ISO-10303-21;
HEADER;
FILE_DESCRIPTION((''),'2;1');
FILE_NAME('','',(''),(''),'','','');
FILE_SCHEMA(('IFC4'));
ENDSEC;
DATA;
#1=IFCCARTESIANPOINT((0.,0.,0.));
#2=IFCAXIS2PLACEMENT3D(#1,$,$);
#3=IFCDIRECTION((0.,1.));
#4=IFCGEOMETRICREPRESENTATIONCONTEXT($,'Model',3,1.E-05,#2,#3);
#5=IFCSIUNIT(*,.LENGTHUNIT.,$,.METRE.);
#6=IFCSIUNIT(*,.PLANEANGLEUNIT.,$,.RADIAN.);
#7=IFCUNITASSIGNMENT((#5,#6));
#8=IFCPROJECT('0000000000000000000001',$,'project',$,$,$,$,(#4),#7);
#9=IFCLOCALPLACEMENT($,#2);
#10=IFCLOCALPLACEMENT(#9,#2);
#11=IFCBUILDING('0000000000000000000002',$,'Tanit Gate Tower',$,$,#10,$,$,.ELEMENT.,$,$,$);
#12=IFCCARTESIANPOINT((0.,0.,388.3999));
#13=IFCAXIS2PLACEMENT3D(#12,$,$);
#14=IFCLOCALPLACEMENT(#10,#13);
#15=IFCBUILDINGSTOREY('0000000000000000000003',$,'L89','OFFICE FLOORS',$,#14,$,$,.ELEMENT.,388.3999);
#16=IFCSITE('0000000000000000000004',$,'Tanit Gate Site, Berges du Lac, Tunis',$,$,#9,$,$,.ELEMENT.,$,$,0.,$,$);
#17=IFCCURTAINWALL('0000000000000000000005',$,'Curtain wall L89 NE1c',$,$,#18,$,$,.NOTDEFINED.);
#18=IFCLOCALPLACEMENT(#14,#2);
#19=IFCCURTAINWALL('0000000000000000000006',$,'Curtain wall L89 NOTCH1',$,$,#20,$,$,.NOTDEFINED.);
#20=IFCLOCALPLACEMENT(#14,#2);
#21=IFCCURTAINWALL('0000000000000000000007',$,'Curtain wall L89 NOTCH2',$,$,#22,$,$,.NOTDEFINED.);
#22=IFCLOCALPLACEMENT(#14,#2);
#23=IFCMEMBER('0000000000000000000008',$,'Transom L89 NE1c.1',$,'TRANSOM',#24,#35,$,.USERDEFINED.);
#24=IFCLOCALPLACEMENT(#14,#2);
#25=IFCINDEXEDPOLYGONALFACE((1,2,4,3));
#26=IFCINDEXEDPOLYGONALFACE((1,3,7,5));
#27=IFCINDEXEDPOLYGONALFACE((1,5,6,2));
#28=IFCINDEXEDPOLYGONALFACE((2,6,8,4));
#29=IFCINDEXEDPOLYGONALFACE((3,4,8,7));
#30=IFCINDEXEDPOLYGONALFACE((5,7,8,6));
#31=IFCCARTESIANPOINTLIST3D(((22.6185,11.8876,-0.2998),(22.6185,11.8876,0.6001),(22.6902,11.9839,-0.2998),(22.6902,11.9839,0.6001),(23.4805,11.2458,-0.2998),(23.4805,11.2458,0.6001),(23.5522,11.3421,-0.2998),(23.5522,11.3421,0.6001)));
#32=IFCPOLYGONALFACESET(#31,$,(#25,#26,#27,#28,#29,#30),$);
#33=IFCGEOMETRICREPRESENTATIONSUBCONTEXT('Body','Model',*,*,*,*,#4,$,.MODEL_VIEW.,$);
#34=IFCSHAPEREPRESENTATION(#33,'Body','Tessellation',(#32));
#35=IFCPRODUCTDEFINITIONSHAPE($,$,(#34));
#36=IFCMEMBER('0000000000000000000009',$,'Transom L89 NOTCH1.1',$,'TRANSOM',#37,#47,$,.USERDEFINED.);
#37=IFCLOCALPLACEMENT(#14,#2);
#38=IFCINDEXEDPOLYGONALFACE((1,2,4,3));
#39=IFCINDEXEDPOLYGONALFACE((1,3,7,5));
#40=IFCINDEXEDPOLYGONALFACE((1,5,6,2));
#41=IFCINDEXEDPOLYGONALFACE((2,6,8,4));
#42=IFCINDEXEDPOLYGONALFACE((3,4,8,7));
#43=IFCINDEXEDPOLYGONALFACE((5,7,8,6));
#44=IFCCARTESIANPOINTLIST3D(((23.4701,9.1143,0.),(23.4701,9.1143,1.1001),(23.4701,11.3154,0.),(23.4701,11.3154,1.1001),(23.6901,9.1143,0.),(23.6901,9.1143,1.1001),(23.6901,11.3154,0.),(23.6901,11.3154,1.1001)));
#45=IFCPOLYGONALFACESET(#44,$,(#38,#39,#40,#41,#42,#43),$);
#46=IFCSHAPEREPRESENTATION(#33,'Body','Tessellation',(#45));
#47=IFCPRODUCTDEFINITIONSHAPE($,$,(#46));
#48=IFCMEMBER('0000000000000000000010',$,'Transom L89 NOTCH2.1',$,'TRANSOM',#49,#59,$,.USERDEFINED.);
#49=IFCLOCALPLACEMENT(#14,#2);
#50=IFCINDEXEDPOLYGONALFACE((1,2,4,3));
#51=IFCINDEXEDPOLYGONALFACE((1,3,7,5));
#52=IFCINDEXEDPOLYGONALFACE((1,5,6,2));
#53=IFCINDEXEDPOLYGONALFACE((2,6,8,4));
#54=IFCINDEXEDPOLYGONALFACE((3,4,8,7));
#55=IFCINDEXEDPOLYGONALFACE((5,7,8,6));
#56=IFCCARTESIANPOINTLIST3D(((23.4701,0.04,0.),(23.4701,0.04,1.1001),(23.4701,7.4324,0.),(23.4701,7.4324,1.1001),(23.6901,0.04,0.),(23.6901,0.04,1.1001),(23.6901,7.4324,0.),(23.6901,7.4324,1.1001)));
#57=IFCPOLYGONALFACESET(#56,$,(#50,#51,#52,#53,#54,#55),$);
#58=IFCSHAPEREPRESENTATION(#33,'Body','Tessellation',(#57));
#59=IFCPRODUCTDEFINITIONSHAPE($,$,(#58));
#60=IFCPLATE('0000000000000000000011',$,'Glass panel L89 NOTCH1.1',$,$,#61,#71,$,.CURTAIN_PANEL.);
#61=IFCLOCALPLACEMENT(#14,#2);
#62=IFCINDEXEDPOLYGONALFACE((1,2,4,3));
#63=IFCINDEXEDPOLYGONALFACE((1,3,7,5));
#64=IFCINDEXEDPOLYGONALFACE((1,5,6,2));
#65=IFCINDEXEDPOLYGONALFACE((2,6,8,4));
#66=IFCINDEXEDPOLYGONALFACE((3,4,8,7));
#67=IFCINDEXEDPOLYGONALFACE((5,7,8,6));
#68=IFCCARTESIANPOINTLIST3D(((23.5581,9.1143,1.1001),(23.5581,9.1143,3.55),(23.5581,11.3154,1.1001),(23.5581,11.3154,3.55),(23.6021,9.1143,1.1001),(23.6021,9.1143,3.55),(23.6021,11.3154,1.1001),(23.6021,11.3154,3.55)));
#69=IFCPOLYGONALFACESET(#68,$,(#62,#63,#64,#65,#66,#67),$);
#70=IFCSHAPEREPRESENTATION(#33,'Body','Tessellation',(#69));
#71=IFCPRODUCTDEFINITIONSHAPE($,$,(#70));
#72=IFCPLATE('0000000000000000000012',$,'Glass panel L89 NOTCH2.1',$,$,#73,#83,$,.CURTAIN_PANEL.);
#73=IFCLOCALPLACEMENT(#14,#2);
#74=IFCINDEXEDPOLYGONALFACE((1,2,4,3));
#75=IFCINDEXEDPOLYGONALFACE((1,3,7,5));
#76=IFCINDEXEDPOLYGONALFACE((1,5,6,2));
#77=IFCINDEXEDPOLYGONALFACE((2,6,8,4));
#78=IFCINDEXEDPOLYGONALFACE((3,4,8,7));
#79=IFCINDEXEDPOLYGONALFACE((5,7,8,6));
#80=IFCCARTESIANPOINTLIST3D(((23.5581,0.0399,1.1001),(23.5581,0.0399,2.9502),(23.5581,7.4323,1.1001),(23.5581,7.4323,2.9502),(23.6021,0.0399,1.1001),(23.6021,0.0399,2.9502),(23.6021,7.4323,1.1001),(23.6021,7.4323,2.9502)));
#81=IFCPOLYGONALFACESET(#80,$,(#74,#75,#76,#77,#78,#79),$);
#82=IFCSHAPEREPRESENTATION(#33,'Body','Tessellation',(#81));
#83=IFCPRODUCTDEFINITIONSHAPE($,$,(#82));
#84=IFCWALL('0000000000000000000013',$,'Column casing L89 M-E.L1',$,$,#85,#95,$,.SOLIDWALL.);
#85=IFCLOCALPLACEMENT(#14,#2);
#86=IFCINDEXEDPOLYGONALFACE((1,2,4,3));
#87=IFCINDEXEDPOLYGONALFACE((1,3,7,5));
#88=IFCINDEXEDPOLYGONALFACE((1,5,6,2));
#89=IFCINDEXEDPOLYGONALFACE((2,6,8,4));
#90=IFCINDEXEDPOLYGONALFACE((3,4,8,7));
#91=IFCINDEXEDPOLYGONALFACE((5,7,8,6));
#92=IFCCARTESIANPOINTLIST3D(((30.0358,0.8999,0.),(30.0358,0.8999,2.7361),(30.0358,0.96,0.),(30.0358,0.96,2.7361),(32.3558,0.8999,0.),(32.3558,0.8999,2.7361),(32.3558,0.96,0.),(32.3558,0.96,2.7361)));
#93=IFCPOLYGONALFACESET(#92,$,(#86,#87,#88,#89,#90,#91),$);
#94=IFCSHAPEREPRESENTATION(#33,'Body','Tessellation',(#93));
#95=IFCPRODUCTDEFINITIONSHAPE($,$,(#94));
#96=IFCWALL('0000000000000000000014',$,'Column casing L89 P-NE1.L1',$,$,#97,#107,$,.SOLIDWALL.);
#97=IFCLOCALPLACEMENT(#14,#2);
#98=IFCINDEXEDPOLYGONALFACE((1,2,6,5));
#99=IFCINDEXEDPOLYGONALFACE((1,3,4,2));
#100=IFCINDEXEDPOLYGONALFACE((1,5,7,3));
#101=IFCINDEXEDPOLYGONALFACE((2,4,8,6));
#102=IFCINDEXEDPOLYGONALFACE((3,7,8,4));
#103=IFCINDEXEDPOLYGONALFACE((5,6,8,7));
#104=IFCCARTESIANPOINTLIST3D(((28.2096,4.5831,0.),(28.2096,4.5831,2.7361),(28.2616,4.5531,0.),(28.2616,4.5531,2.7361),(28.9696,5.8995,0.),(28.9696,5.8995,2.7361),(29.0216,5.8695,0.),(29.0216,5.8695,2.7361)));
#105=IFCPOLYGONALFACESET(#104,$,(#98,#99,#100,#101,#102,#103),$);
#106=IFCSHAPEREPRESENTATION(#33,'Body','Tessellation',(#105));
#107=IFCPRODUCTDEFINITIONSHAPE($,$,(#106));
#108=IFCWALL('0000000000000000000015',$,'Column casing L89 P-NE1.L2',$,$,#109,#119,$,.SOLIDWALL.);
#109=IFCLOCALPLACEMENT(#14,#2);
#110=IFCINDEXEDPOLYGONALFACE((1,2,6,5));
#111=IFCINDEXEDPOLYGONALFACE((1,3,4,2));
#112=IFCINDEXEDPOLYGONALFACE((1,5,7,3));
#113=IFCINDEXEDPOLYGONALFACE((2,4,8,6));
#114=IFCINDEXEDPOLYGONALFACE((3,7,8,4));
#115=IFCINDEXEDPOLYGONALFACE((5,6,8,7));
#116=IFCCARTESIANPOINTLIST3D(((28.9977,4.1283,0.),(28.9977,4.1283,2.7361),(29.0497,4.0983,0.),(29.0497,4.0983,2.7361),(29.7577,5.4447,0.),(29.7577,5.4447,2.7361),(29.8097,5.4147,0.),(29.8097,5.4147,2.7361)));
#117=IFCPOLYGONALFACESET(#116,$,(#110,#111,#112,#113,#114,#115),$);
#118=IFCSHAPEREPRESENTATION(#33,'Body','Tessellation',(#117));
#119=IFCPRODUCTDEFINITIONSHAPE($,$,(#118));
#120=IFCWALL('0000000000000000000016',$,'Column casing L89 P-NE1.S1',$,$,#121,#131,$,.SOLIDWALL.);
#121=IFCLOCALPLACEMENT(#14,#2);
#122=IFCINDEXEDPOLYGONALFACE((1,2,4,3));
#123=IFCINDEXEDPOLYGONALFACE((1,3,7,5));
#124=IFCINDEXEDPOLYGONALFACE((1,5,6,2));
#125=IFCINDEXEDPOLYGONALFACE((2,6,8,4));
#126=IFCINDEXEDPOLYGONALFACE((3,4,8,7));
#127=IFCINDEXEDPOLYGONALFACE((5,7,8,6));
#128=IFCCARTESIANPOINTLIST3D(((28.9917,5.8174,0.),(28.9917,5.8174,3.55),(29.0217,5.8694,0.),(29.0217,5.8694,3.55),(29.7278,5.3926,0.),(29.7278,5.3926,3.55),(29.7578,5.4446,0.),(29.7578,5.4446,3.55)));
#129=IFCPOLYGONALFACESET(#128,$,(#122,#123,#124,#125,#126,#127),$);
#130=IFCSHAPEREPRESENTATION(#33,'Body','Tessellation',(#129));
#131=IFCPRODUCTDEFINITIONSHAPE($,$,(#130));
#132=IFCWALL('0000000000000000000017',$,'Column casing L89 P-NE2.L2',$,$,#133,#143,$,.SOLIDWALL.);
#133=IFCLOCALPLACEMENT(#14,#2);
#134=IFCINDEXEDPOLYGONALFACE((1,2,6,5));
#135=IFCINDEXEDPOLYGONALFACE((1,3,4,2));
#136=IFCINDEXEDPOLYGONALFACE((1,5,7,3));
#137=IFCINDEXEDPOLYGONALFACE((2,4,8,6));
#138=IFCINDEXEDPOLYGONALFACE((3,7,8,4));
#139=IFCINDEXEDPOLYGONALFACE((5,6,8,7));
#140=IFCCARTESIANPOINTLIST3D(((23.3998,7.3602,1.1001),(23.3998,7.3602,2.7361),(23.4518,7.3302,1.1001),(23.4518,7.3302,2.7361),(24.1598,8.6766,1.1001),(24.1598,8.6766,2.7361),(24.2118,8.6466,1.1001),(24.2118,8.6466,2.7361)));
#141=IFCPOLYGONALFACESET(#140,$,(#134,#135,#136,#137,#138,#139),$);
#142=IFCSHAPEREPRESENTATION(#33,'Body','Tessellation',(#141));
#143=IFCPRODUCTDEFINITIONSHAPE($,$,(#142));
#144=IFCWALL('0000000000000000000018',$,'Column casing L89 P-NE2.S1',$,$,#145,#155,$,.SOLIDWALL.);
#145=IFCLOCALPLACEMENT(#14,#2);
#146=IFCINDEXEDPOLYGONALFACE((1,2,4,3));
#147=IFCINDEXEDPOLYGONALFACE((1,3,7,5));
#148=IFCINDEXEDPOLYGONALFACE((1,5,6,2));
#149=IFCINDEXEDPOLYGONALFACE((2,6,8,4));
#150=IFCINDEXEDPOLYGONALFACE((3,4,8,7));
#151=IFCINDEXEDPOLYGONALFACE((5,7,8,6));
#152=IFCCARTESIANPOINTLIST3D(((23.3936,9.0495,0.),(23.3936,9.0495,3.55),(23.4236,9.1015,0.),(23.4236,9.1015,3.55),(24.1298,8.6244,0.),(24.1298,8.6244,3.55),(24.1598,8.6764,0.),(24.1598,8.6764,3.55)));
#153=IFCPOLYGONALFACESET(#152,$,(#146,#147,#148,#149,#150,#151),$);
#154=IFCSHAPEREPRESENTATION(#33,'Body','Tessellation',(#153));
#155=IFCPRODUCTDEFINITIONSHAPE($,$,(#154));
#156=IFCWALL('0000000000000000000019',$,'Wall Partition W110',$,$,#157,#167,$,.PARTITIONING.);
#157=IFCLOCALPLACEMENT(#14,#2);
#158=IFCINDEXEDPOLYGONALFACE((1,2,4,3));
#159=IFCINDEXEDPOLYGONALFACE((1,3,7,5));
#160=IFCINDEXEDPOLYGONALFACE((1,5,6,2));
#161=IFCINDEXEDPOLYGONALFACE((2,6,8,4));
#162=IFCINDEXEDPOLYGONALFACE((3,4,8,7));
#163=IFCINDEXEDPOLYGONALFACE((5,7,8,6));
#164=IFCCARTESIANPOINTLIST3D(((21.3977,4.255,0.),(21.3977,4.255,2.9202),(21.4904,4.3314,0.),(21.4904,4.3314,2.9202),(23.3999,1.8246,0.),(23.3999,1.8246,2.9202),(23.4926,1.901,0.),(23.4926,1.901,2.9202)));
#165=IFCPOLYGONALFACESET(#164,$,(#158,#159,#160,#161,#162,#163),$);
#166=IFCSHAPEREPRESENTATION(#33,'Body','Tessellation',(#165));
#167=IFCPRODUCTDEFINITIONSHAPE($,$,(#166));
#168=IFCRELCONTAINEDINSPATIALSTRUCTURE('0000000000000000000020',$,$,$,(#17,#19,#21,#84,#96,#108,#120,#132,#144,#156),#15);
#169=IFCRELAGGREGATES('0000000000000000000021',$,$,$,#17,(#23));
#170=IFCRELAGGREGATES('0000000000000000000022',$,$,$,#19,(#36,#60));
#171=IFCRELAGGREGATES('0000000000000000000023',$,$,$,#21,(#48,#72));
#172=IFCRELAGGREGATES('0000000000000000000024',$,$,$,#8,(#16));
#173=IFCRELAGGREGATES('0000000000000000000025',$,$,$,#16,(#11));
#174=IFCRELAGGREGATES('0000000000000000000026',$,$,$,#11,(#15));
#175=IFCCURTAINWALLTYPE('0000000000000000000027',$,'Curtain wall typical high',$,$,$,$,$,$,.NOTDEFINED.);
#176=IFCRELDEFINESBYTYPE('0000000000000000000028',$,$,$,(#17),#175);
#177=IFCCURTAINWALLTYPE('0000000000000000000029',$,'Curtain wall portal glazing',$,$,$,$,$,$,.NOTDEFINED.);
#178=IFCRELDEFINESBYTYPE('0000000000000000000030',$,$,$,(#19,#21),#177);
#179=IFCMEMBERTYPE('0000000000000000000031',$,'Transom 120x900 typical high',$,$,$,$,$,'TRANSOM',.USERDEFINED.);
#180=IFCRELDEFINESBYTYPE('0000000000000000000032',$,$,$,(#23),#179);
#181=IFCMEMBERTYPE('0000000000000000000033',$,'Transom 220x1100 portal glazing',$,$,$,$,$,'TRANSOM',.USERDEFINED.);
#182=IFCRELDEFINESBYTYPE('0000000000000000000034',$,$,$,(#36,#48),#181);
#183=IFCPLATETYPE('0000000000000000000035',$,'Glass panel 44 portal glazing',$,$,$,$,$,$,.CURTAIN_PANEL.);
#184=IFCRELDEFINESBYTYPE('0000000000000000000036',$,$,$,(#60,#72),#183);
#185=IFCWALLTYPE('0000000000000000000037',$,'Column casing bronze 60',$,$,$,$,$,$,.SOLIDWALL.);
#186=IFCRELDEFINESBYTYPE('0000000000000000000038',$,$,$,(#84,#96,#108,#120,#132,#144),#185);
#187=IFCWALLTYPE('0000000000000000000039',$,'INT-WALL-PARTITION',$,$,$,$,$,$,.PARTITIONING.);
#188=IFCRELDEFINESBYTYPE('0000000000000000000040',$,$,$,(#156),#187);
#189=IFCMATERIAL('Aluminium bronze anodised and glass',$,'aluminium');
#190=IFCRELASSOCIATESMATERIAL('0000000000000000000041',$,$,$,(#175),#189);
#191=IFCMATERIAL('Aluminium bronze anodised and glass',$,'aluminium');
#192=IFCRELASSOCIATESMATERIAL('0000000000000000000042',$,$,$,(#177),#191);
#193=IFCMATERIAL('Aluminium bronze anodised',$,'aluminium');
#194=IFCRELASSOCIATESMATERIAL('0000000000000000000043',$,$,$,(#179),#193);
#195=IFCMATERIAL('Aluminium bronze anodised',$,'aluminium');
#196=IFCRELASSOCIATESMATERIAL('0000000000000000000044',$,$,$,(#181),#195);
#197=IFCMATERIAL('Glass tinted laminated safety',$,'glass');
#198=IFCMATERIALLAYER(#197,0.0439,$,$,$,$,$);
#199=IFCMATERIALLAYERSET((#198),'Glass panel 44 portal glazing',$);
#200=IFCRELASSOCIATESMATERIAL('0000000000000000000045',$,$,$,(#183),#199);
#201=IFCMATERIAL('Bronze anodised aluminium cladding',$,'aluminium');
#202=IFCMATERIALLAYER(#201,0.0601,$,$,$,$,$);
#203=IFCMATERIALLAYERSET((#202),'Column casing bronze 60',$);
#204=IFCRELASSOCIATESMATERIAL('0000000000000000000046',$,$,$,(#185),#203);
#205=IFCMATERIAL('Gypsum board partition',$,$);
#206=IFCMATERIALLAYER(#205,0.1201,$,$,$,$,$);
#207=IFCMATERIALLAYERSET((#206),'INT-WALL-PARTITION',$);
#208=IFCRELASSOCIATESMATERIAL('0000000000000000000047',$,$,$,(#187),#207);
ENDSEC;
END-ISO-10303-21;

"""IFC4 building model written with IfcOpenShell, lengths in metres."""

from ifc_helpers import new_model, si_unit, direction, frame, frame_2d, origin, origin_2d, place, context, subcontext, project, spatial, rectangle, extrude, material, layer, layer_set, material_profile, profile_set, type_object, element, aggregate, save


model = new_model("IFC4")

# Units and contexts
model_context = context("Model", 3, precision=1e-05, world=origin(), true_north=direction((0.0, 1.0)))
body_context = subcontext(model_context, "Body", "Model", "MODEL_VIEW")
ifc_project = project(units=[si_unit("LENGTHUNIT", "METRE"), si_unit("PLANEANGLEUNIT", "RADIAN")], contexts=[model_context])

# Site, building, storey
site_placement = place(None, origin())
site = spatial("IfcSite", under=ifc_project, at=site_placement, Name="Tanit Gate Site, Berges du Lac, Tunis", CompositionType="ELEMENT", RefElevation=0.0)
building_placement = place(site_placement, origin())
building = spatial("IfcBuilding", under=site, at=building_placement, Name="Tanit Gate Tower", CompositionType="ELEMENT")
storey_placement = place(building_placement, frame((0.0, 0.0, 388.3999)))
storey = spatial("IfcBuildingStorey", under=building, at=storey_placement, Name="L89", Description="OFFICE FLOORS", CompositionType="ELEMENT", Elevation=388.3999)

# Curtain wall
ifc_material_1 = material(Name="Aluminium bronze anodised and glass", Category="aluminium")
curtain_wall_type_1 = type_object("IfcCurtainWallType", Name="Curtain wall typical high", PredefinedType="NOTDEFINED", material=ifc_material_1)
curtain_wall_1_placement = place(storey_placement, origin())
curtain_wall_1 = element("IfcCurtainWall", 1, at=curtain_wall_1_placement, inside=storey, type_object=curtain_wall_type_1, Name="Curtain wall L89 NE1c", PredefinedType="NOTDEFINED")

# Curtain wall
ifc_material_2 = material(Name="Aluminium bronze anodised and glass", Category="aluminium")
curtain_wall_type_2 = type_object("IfcCurtainWallType", Name="Curtain wall portal glazing", PredefinedType="NOTDEFINED", material=ifc_material_2)
curtain_wall_2_placement = place(storey_placement, origin())
curtain_wall_2 = element("IfcCurtainWall", 2, at=curtain_wall_2_placement, inside=storey, type_object=curtain_wall_type_2, Name="Curtain wall L89 NOTCH1", PredefinedType="NOTDEFINED")

# Curtain wall
curtain_wall_3_placement = place(storey_placement, origin())
curtain_wall_3 = element("IfcCurtainWall", 3, at=curtain_wall_3_placement, inside=storey, type_object=curtain_wall_type_2, Name="Curtain wall L89 NOTCH2", PredefinedType="NOTDEFINED")

# Members
ifc_material_3 = material(Name="Aluminium bronze anodised", Category="aluminium")
ifc_material_profile_1 = material_profile(ifc_material_3, rectangle(XDim=0.1201, YDim=0.8999, at=origin_2d()), Name="120x900 bronze transom")
ifc_profile_set_1 = profile_set([ifc_material_profile_1], Name="Aluminium bronze anodised")
member_type_1 = type_object("IfcMemberType", Name="Transom 120x900 typical high", ElementType="TRANSOM", PredefinedType="USERDEFINED", material=ifc_profile_set_1)
member_1_placement = place(storey_placement, frame((23.5164, 11.2939, 0.1501), z_axis=(-0.802094, 0.597198, 0.0), x_axis=(-0.597198, -0.802094, 0.0)))
member_1 = element("IfcMember", 4, at=member_1_placement, type_object=member_type_1, Name="Transom L89 NE1c.1", ObjectType="TRANSOM", PredefinedType="USERDEFINED", context=body_context, shape_type="SweptSolid", body=[
    extrude(rectangle(XDim=0.1201, YDim=0.8999, at=origin_2d()), origin(), (0.0, 0.0, 1.0), 1.0747),
])
aggregate(curtain_wall_1, [member_1])
ifc_material_4 = material(Name="Aluminium bronze anodised", Category="aluminium")
ifc_material_profile_2 = material_profile(ifc_material_4, rectangle(XDim=0.22, YDim=1.1001, at=origin_2d()), Name="220x1100 bronze transom")
ifc_profile_set_2 = profile_set([ifc_material_profile_2], Name="Aluminium bronze anodised")
member_type_2 = type_object("IfcMemberType", Name="Transom 220x1100 portal glazing", ElementType="TRANSOM", PredefinedType="USERDEFINED", material=ifc_profile_set_2)
member_2_placement = place(storey_placement, frame((23.5801, 11.3154, 0.55), z_axis=(0.0, -1.0, 0.0), x_axis=(1.0, 0.0, 0.0)))
member_2 = element("IfcMember", 5, at=member_2_placement, type_object=member_type_2, Name="Transom L89 NOTCH1.1", ObjectType="TRANSOM", PredefinedType="USERDEFINED", context=body_context, shape_type="SweptSolid", body=[
    extrude(rectangle(XDim=0.22, YDim=1.1001, at=origin_2d()), origin(), (0.0, 0.0, 1.0), 2.2012),
])
member_3_placement = place(storey_placement, frame((23.5801, 7.4324, 0.55), z_axis=(0.0, -1.0, 0.0), x_axis=(1.0, 0.0, 0.0)))
member_3 = element("IfcMember", 6, at=member_3_placement, type_object=member_type_2, Name="Transom L89 NOTCH2.1", ObjectType="TRANSOM", PredefinedType="USERDEFINED", context=body_context, shape_type="SweptSolid", body=[
    extrude(rectangle(XDim=0.22, YDim=1.1001, at=origin_2d()), origin(), (0.0, 0.0, 1.0), 7.3923),
])

# Plates
ifc_material_5 = material(Name="Glass tinted laminated safety", Category="glass")
ifc_layer_1 = layer(ifc_material_5, 0.0439)
ifc_layer_set_1 = layer_set([ifc_layer_1], Name="Glass panel 44 portal glazing")
plate_type = type_object("IfcPlateType", Name="Glass panel 44 portal glazing", PredefinedType="CURTAIN_PANEL", material=ifc_layer_set_1)
plate_1_placement = place(storey_placement, frame((23.5801, 10.2148, 1.1001), z_axis=(0.0, 0.0, 1.0), x_axis=(0.0, -1.0, 0.0)))
plate_1 = element("IfcPlate", 7, at=plate_1_placement, type_object=plate_type, Name="Glass panel L89 NOTCH1.1", PredefinedType="CURTAIN_PANEL", context=body_context, shape_type="SweptSolid", body=[
    extrude(rectangle(XDim=2.2012, YDim=0.0439, at=origin_2d()), origin(), (0.0, 0.0, 1.0), 2.45),
])
aggregate(curtain_wall_2, [member_2, plate_1])
plate_2_placement = place(storey_placement, frame((23.5801, 3.7361, 1.1001), z_axis=(0.0, 0.0, 1.0), x_axis=(0.0, -1.0, 0.0)))
plate_2 = element("IfcPlate", 8, at=plate_2_placement, type_object=plate_type, Name="Glass panel L89 NOTCH2.1", PredefinedType="CURTAIN_PANEL", context=body_context, shape_type="SweptSolid", body=[
    extrude(rectangle(XDim=7.3923, YDim=0.0439, at=origin_2d()), origin(), (0.0, 0.0, 1.0), 1.8501),
])
aggregate(curtain_wall_3, [member_3, plate_2])

# Walls
ifc_material_6 = material(Name="Bronze anodised aluminium cladding", Category="aluminium")
ifc_layer_2 = layer(ifc_material_6, 0.0601)
ifc_layer_set_2 = layer_set([ifc_layer_2], Name="Column casing bronze 60")
wall_type_1 = type_object("IfcWallType", Name="Column casing bronze 60", PredefinedType="SOLIDWALL", material=ifc_layer_set_2)
wall_1_placement = place(storey_placement, frame((30.0356, 0.9299, 0.0), z_axis=(0.0, 0.0, 1.0), x_axis=(1.0, 0.0, 0.0)))
element("IfcWall", 9, at=wall_1_placement, inside=storey, type_object=wall_type_1, Name="Column casing L89 M-E.L1", PredefinedType="SOLIDWALL", context=body_context, shape_type="SweptSolid", body=[
    extrude(rectangle(XDim=2.3201, YDim=0.0601, at=frame_2d((1.1602, 0.0))), origin(), (0.0, 0.0, 1.0), 2.7361),
])
for number, where, z_axis, x_axis, name in (
    (10, (28.2356, 4.5681, 0.0), (0.0, 0.0, 1.0), (0.499991, 0.86603, 0.0), "Column casing L89 P-NE1.L1"),
    (11, (29.0237, 4.1133, 0.0), (0.0, 0.0, 1.0), (0.499991, 0.86603, 0.0), "Column casing L89 P-NE1.L2"),
):
    element("IfcWall", number, at=place(storey_placement, frame(where, z_axis=z_axis, x_axis=x_axis)), inside=storey, type_object=wall_type_1, Name=name, PredefinedType="SOLIDWALL", context=body_context, shape_type="SweptSolid", body=[
        extrude(rectangle(XDim=1.52, YDim=0.0601, at=frame_2d((0.76, 0.0))), origin(), (0.0, 0.0, 1.0), 2.7361),
    ])
wall_2_placement = place(storey_placement, frame((29.7427, 5.4187, 0.0), z_axis=(0.0, 0.0, 1.0), x_axis=(-0.866114, 0.499847, 0.0)))
element("IfcWall", 12, at=wall_2_placement, inside=storey, type_object=wall_type_1, Name="Column casing L89 P-NE1.S1", PredefinedType="SOLIDWALL", context=body_context, shape_type="SweptSolid", body=[
    extrude(rectangle(XDim=0.8499, YDim=0.0601, at=frame_2d((0.4248, 0.0))), origin(), (0.0, 0.0, 1.0), 3.55),
])
wall_3_placement = place(storey_placement, frame((23.4258, 7.3452, 1.1001), z_axis=(0.0, 0.0, 1.0), x_axis=(0.499991, 0.86603, 0.0)))
element("IfcWall", 13, at=wall_3_placement, inside=storey, type_object=wall_type_1, Name="Column casing L89 P-NE2.L2", PredefinedType="SOLIDWALL", context=body_context, shape_type="SweptSolid", body=[
    extrude(rectangle(XDim=1.52, YDim=0.0601, at=frame_2d((0.76, 0.0))), origin(), (0.0, 0.0, 1.0), 1.636),
])
wall_4_placement = place(storey_placement, frame((24.1448, 8.6504, 0.0), z_axis=(0.0, 0.0, 1.0), x_axis=(-0.865989, 0.500062, 0.0)))
element("IfcWall", 14, at=wall_4_placement, inside=storey, type_object=wall_type_1, Name="Column casing L89 P-NE2.S1", PredefinedType="SOLIDWALL", context=body_context, shape_type="SweptSolid", body=[
    extrude(rectangle(XDim=0.8501, YDim=0.0601, at=frame_2d((0.425, 0.0))), origin(), (0.0, 0.0, 1.0), 3.55),
])
ifc_material_7 = material(Name="Gypsum board partition")
ifc_layer_3 = layer(ifc_material_7, 0.1201)
ifc_layer_set_3 = layer_set([ifc_layer_3], Name="INT-WALL-PARTITION")
wall_type_2 = type_object("IfcWallType", Name="INT-WALL-PARTITION", PredefinedType="PARTITIONING", material=ifc_layer_set_3)
wall_5_placement = place(storey_placement, frame((23.4463, 1.8628, 0.0), z_axis=(0.0, 0.0, 1.0), x_axis=(-0.635835, 0.771825, 0.0)))
element("IfcWall", 15, at=wall_5_placement, inside=storey, type_object=wall_type_2, Name="Wall Partition W110", PredefinedType="PARTITIONING", context=body_context, shape_type="SweptSolid", body=[
    extrude(rectangle(XDim=3.1489, YDim=0.1201, at=frame_2d((1.5745, 0.0))), origin(), (0.0, 0.0, 1.0), 2.9202),
])

save(model, "model.ifc")
